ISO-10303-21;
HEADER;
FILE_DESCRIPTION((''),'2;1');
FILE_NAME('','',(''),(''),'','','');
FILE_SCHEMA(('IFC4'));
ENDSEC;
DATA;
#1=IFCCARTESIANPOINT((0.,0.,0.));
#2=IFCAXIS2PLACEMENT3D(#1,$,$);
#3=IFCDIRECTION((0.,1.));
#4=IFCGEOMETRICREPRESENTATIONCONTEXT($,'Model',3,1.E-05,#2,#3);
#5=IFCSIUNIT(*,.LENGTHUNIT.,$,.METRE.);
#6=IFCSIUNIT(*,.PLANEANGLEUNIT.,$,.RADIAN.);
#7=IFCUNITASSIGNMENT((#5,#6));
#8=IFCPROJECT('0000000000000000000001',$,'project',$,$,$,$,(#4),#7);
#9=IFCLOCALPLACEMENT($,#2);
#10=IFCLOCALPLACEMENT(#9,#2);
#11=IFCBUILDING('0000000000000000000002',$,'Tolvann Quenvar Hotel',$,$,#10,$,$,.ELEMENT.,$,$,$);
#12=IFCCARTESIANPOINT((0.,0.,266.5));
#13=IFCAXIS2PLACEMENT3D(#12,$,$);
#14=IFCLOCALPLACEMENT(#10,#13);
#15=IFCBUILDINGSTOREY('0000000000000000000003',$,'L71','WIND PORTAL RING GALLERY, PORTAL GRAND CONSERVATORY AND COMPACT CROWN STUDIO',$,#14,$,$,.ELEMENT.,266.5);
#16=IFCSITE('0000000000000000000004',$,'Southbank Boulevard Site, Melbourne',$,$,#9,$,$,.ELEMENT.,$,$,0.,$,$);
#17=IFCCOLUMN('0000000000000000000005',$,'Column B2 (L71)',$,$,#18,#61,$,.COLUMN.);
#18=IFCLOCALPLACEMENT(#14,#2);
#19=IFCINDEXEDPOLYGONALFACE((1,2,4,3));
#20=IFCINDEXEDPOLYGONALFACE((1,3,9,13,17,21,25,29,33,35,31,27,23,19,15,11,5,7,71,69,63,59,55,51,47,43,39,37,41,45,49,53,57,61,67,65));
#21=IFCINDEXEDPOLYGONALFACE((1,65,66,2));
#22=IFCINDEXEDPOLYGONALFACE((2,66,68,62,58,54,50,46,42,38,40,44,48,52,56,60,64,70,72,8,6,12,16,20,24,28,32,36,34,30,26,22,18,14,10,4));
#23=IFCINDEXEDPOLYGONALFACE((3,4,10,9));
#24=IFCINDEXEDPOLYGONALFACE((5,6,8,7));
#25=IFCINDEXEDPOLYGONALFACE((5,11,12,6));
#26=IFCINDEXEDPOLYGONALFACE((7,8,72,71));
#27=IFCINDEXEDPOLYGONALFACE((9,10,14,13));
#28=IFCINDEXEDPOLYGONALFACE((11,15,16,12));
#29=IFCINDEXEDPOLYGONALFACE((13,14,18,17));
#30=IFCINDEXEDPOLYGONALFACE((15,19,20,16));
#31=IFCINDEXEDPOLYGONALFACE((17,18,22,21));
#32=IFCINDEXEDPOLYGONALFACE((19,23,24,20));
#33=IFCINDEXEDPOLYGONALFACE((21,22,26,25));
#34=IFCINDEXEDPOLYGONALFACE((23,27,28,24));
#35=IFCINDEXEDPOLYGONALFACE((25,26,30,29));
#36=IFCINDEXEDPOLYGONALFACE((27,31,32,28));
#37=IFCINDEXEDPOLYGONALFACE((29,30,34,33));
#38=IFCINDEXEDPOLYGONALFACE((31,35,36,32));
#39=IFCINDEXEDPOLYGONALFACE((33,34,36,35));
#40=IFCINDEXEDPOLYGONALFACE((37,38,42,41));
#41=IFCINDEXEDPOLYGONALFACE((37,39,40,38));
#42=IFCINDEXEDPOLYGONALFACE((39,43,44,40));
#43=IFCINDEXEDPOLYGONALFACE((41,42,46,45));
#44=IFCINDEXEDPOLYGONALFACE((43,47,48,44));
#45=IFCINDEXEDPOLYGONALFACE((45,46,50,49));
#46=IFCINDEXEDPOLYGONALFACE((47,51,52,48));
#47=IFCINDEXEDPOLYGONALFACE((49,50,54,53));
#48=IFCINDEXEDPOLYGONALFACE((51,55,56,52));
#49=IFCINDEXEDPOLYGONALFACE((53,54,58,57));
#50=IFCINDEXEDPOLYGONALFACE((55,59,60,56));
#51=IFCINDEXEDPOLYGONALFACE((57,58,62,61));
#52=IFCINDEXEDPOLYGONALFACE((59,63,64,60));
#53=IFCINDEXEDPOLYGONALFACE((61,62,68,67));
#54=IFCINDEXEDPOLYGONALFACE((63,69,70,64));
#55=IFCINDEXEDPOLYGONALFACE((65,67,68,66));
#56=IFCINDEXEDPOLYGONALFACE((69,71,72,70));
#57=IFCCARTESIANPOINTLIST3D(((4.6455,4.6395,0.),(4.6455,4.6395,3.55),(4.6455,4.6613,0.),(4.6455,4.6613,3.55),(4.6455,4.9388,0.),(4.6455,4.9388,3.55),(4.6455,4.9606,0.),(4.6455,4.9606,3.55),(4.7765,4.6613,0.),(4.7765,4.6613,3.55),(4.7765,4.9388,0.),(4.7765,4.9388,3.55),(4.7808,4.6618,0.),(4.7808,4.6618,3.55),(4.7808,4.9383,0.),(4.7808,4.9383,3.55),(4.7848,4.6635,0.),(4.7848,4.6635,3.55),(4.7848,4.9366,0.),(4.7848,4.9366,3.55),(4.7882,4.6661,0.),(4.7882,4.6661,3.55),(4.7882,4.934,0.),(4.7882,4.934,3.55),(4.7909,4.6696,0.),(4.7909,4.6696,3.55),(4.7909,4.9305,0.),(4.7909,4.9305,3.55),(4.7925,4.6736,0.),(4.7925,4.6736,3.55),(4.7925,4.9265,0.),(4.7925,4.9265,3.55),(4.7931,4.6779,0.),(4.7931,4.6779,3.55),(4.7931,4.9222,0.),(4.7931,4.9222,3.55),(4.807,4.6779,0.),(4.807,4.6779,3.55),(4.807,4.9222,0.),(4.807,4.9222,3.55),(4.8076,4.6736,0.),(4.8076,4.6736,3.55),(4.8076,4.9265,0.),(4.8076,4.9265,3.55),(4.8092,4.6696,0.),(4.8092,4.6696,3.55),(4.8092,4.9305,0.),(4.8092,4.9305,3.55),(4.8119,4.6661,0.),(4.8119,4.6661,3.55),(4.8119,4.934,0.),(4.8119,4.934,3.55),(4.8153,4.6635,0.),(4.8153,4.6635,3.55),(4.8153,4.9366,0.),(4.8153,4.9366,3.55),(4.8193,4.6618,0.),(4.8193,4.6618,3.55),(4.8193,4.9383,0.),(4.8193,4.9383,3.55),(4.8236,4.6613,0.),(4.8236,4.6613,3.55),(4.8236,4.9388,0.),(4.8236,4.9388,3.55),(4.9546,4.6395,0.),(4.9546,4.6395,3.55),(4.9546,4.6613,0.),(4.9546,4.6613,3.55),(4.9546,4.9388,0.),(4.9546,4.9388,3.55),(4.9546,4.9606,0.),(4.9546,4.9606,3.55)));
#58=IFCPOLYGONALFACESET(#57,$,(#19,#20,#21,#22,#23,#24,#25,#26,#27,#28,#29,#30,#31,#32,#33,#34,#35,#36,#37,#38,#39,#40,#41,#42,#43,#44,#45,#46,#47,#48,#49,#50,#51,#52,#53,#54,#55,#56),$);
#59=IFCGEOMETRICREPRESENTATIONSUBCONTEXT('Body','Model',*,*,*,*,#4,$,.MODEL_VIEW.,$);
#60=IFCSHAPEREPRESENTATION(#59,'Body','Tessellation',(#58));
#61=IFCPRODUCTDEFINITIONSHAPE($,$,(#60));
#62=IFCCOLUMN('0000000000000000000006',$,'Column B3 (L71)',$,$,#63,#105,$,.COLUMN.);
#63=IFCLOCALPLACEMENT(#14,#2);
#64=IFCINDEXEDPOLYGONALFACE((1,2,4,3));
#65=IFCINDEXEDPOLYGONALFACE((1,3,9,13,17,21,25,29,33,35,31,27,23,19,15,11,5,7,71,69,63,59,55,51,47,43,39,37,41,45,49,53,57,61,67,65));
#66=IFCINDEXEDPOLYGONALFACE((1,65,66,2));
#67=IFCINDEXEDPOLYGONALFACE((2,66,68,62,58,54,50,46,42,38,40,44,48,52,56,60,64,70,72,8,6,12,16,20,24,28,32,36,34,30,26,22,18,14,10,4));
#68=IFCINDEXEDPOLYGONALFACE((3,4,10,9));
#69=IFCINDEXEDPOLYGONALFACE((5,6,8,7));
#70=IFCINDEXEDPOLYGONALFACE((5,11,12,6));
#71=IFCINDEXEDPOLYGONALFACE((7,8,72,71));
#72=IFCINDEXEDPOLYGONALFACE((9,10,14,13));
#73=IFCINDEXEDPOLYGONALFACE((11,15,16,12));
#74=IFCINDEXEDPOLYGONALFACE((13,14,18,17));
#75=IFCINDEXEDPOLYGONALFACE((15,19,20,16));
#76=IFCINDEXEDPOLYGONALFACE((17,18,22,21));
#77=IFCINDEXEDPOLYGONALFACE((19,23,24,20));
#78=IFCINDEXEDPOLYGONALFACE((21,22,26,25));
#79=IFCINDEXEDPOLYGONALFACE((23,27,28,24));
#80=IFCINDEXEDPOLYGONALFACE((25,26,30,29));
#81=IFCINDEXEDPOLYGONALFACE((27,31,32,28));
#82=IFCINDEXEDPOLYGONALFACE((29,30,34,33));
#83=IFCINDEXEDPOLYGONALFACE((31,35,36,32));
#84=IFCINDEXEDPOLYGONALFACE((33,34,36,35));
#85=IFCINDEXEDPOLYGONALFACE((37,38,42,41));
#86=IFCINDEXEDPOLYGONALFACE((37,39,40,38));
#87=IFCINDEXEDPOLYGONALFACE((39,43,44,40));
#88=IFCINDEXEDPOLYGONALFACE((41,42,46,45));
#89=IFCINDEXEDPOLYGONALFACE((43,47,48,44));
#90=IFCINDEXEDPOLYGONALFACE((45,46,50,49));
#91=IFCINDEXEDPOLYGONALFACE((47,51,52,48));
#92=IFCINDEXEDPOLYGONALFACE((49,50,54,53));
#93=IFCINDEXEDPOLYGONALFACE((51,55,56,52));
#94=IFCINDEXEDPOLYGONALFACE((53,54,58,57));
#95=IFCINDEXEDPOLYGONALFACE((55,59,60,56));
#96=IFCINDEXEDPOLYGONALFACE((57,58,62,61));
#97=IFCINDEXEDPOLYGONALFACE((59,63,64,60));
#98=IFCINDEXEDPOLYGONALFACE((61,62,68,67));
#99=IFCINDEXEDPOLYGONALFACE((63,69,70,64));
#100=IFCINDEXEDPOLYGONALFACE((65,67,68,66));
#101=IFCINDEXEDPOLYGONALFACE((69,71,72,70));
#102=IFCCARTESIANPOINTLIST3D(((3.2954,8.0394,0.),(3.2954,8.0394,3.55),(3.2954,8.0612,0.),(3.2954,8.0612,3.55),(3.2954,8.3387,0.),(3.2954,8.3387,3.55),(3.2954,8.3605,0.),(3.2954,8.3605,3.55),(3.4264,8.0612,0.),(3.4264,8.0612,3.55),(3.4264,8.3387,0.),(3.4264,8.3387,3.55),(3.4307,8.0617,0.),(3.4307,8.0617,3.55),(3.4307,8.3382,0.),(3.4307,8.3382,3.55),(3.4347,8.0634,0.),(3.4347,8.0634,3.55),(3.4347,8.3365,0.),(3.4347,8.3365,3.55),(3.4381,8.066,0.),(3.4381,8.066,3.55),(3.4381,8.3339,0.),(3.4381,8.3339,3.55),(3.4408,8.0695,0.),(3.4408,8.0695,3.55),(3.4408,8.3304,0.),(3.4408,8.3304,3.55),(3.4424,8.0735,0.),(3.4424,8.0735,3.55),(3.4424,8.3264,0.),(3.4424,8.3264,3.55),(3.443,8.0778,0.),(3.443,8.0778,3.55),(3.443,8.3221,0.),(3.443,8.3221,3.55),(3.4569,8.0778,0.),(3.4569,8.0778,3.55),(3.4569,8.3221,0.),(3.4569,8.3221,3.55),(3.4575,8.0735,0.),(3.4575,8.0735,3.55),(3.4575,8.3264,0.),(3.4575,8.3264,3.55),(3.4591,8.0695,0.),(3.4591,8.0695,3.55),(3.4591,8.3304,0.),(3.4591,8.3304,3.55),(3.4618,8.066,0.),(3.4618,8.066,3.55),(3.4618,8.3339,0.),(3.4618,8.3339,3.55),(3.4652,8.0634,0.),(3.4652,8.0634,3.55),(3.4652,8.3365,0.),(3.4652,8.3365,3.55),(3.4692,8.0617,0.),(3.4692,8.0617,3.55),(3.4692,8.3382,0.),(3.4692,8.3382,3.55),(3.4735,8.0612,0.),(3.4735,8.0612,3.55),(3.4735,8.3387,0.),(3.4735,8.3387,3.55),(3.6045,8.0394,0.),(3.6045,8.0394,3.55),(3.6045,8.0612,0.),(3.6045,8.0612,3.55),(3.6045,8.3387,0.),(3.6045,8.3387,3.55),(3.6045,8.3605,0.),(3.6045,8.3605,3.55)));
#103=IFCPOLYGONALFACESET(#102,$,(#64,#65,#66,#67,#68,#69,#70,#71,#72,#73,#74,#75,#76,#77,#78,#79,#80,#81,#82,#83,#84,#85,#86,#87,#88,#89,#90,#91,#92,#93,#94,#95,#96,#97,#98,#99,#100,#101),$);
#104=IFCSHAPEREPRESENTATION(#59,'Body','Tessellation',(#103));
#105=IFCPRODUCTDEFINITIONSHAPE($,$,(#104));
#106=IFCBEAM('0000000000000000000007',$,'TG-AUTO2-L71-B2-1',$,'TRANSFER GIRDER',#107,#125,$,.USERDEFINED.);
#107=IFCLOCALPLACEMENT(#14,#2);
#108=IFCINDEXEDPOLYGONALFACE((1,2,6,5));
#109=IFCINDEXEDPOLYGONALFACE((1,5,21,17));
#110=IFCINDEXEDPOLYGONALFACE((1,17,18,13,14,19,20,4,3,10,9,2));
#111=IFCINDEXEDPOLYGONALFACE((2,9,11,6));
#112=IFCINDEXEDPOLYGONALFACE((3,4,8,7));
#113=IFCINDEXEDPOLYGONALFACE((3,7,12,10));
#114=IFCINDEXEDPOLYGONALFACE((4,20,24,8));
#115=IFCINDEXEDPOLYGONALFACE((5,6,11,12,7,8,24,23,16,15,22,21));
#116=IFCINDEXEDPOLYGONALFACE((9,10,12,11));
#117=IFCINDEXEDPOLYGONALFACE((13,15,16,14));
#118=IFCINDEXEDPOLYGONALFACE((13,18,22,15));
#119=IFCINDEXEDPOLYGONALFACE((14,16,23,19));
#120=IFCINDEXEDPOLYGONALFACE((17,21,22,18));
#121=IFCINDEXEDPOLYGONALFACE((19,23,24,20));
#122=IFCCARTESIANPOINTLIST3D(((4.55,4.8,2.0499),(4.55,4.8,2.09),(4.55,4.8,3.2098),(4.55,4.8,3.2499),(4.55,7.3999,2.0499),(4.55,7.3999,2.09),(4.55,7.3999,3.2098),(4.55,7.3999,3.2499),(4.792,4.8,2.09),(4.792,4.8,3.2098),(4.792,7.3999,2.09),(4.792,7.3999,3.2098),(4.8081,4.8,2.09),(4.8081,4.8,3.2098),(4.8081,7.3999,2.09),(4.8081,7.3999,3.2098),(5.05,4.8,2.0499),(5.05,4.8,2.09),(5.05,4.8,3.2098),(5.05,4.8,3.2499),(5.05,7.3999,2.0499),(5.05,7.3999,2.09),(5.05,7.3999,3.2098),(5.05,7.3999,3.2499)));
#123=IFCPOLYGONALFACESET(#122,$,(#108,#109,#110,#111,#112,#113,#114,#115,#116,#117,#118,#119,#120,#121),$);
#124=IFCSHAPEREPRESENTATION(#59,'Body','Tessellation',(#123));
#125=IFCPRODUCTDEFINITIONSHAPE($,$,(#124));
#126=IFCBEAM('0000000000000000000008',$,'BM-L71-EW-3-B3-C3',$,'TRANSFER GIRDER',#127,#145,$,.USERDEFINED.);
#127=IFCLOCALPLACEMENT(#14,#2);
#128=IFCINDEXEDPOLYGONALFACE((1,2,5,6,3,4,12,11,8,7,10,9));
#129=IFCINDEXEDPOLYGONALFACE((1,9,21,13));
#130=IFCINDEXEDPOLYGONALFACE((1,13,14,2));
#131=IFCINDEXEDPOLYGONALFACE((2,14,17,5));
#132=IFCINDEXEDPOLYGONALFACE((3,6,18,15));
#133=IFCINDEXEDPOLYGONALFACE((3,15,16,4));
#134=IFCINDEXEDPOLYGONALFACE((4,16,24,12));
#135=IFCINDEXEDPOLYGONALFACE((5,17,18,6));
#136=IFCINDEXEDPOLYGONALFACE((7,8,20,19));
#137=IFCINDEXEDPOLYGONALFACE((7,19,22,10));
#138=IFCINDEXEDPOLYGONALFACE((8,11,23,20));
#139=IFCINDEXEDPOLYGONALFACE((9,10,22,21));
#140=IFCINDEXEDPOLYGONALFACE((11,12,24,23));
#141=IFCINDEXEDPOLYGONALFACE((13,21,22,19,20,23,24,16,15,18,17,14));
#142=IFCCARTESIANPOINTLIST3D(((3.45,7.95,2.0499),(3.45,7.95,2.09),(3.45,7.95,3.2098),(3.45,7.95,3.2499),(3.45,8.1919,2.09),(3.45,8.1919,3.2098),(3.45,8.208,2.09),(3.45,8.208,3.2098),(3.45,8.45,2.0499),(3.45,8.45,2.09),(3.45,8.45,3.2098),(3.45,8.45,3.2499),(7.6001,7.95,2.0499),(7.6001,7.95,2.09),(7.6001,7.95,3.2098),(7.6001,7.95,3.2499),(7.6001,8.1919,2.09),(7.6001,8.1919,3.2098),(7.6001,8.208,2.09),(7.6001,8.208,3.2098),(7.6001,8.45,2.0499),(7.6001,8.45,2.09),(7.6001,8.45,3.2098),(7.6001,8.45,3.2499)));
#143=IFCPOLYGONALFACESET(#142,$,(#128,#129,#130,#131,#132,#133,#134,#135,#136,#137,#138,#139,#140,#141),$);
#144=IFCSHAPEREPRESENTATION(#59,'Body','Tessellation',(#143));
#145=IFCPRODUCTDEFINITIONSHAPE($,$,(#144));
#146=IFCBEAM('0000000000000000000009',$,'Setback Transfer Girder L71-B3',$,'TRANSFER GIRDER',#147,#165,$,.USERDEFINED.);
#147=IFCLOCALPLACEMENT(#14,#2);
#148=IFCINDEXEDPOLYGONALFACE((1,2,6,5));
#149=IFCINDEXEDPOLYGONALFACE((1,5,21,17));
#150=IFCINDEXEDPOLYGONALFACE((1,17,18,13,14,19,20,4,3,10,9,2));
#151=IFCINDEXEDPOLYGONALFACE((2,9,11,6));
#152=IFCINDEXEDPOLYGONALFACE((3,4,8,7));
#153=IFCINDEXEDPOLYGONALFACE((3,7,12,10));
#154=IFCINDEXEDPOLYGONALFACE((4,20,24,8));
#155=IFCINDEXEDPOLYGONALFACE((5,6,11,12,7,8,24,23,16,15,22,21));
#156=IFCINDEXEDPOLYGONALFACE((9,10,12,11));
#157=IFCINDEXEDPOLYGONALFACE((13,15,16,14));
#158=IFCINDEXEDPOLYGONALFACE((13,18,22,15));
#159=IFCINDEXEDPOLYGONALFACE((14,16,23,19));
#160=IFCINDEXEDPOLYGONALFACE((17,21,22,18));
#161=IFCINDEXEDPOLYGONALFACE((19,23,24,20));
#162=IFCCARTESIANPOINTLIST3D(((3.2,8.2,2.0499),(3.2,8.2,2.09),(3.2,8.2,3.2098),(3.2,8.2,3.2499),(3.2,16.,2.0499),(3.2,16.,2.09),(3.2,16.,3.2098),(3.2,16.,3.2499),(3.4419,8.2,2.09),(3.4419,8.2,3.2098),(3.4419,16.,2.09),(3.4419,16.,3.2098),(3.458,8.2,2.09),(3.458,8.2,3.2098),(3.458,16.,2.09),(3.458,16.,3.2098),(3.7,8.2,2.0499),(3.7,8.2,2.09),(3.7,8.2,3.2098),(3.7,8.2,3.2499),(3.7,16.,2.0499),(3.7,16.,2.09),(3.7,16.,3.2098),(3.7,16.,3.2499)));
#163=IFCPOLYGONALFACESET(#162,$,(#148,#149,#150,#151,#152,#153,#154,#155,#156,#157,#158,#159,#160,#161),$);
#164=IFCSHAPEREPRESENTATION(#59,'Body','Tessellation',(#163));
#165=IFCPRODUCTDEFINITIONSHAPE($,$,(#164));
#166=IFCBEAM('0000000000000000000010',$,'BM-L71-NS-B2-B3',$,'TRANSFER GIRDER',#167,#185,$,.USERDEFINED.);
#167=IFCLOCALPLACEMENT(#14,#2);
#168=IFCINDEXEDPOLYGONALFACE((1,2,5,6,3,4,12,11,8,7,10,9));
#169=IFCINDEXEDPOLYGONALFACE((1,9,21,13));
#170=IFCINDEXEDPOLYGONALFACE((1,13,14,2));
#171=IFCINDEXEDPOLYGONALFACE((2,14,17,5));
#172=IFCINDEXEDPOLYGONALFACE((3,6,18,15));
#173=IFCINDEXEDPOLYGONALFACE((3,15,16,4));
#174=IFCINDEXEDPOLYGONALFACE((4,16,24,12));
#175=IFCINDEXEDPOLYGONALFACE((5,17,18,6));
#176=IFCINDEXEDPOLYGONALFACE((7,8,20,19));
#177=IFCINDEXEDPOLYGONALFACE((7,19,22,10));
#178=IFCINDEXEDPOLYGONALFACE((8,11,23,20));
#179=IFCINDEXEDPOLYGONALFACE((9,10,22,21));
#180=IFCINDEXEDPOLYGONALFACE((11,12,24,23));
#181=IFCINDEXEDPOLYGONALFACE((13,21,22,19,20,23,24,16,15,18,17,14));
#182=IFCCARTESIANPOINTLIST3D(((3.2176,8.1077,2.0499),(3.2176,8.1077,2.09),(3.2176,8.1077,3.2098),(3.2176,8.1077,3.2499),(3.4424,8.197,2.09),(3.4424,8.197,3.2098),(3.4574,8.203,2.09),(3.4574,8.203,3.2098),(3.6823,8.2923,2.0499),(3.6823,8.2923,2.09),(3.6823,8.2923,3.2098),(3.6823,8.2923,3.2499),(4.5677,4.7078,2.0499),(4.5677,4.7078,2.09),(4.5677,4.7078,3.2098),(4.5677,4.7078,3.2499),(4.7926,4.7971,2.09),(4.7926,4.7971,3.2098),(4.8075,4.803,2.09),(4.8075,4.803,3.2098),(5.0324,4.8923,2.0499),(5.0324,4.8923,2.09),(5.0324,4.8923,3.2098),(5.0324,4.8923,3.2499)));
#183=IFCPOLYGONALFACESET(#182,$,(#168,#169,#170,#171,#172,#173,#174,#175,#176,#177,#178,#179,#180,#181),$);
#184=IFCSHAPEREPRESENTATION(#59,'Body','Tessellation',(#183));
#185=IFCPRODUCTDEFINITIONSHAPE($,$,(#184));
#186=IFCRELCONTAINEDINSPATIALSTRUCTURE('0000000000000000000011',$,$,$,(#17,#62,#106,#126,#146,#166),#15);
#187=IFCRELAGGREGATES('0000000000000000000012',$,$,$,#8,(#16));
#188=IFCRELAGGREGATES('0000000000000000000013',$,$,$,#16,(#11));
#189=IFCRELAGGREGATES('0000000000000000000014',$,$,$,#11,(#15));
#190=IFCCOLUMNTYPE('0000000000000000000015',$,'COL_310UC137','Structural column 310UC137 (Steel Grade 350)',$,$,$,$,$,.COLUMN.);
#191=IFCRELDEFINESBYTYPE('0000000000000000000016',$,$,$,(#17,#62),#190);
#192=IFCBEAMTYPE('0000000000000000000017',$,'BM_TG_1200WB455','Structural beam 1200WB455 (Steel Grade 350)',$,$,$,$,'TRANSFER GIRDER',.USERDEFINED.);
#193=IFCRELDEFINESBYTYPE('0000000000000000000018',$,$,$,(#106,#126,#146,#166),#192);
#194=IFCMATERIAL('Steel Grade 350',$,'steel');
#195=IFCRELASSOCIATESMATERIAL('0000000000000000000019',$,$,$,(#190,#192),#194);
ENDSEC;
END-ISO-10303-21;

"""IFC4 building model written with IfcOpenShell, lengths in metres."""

from ifc_helpers import new_model, si_unit, direction, frame, origin, origin_2d, place, context, subcontext, project, spatial, i_section, extrude, source, transform, mapped, material, material_profile, profile_set, type_object, type_shapes, element, save


model = new_model("IFC4")

# Units and contexts
model_context = context("Model", 3, precision=1e-05, world=origin(), true_north=direction((0.0, 1.0)))
body_context = subcontext(model_context, "Body", "Model", "MODEL_VIEW")
ifc_project = project(units=[si_unit("LENGTHUNIT", "METRE"), si_unit("PLANEANGLEUNIT", "RADIAN")], contexts=[model_context])

# Site, building, storey
site_placement = place(None, origin())
site = spatial("IfcSite", under=ifc_project, at=site_placement, Name="Southbank Boulevard Site, Melbourne", CompositionType="ELEMENT", RefElevation=0.0)
building_placement = place(site_placement, origin())
building = spatial("IfcBuilding", under=site, at=building_placement, Name="Tolvann Quenvar Hotel", CompositionType="ELEMENT")
storey_placement = place(building_placement, frame((0.0, 0.0, 266.5)))
storey = spatial("IfcBuildingStorey", under=building, at=storey_placement, Name="L71", Description="WIND PORTAL RING GALLERY, PORTAL GRAND CONSERVATORY AND COMPACT CROWN STUDIO", CompositionType="ELEMENT", Elevation=266.5)

# Columns
ifc_material_1 = material(Name="Steel Grade 350", Category="steel")
ifc_material_profile_1 = material_profile(ifc_material_1, i_section(OverallWidth=0.3091, OverallDepth=0.321, WebThickness=0.0139, FlangeThickness=0.0217, FilletRadius=0.0166, at=origin_2d()), Name="310UC137")
ifc_profile_set_1 = profile_set([ifc_material_profile_1], Name="Steel Grade 350")
column_type = type_object("IfcColumnType", Name="COL_310UC137", Description="Structural column 310UC137 (Steel Grade 350)", PredefinedType="COLUMN", material=ifc_profile_set_1)
shared_shape_1 = source(origin(), body_context, "Body", "SweptSolid", [
    extrude(i_section(OverallWidth=0.3091, OverallDepth=0.321, WebThickness=0.0139, FlangeThickness=0.0217, FilletRadius=0.0166, at=origin_2d()), origin(), (0.0, 0.0, 1.0), 3.55),
])
type_shapes(column_type, [shared_shape_1])
for number, where, z_axis, x_axis, name in (
    (1, (4.8, 4.8, 0.0), (0.0, 0.0, 1.0), (1.0, 0.0, 0.0), "Column B2 (L71)"),
    (2, (3.45, 8.2, 0.0), (0.0, 0.0, 1.0), (1.0, 0.0, 0.0), "Column B3 (L71)"),
):
    element("IfcColumn", number, at=place(storey_placement, frame(where, z_axis=z_axis, x_axis=x_axis)), inside=storey, type_object=column_type, Name=name, PredefinedType="COLUMN", context=body_context, shape_type="MappedRepresentation", body=[
        mapped(shared_shape_1, transform((0.0, 0.0, 0.0), x_axis=(1.0, 0.0, 0.0), y_axis=(0.0, 1.0, 0.0), z_axis=(0.0, 0.0, 1.0), scale=1.0)),
    ])

# Beams
ifc_material_profile_2 = material_profile(ifc_material_1, i_section(OverallWidth=0.5, OverallDepth=1.2, WebThickness=0.0161, FlangeThickness=0.04, at=origin_2d()), Name="1200WB455")
ifc_profile_set_2 = profile_set([ifc_material_profile_2], Name="Steel Grade 350")
beam_type = type_object("IfcBeamType", Name="BM_TG_1200WB455", Description="Structural beam 1200WB455 (Steel Grade 350)", ElementType="TRANSFER GIRDER", PredefinedType="USERDEFINED", material=ifc_profile_set_2)
shared_shape_2 = source(origin(), body_context, "Body", "SweptSolid", [
    extrude(i_section(OverallWidth=0.5, OverallDepth=1.2, WebThickness=0.0161, FlangeThickness=0.04, at=origin_2d()), origin(), (0.0, 0.0, 1.0), 2.5999),
])
beam_1_placement = place(storey_placement, frame((4.8, 7.3999, 2.6499), z_axis=(0.0, -1.0, 0.0), x_axis=(1.0, 0.0, 0.0)))
element("IfcBeam", 3, at=beam_1_placement, inside=storey, type_object=beam_type, Name="TG-AUTO2-L71-B2-1", ObjectType="TRANSFER GIRDER", PredefinedType="USERDEFINED", context=body_context, shape_type="MappedRepresentation", body=[
    mapped(shared_shape_2, transform((0.0, 0.0, 0.0), x_axis=(1.0, 0.0, 0.0), y_axis=(0.0, 1.0, 0.0), z_axis=(0.0, 0.0, 1.0), scale=1.0)),
])
shared_shape_3 = source(origin(), body_context, "Body", "SweptSolid", [
    extrude(i_section(OverallWidth=0.5, OverallDepth=1.2, WebThickness=0.0161, FlangeThickness=0.04, at=origin_2d()), origin(), (0.0, 0.0, 1.0), 4.1501),
])
beam_2_placement = place(storey_placement, frame((3.45, 8.2, 2.6499), z_axis=(1.0, 0.0, 0.0), x_axis=(0.0, 1.0, 0.0)))
element("IfcBeam", 4, at=beam_2_placement, inside=storey, type_object=beam_type, Name="BM-L71-EW-3-B3-C3", ObjectType="TRANSFER GIRDER", PredefinedType="USERDEFINED", context=body_context, shape_type="MappedRepresentation", body=[
    mapped(shared_shape_3, transform((0.0, 0.0, 0.0), x_axis=(1.0, 0.0, 0.0), y_axis=(0.0, 1.0, 0.0), z_axis=(0.0, 0.0, 1.0), scale=1.0)),
])
shared_shape_4 = source(origin(), body_context, "Body", "SweptSolid", [
    extrude(i_section(OverallWidth=0.5, OverallDepth=1.2, WebThickness=0.0161, FlangeThickness=0.04, at=origin_2d()), origin(), (0.0, 0.0, 1.0), 7.8),
])
beam_3_placement = place(storey_placement, frame((3.45, 8.2, 2.6499), z_axis=(0.0, 1.0, 0.0), x_axis=(-1.0, 0.0, 0.0)))
element("IfcBeam", 5, at=beam_3_placement, inside=storey, type_object=beam_type, Name="Setback Transfer Girder L71-B3", ObjectType="TRANSFER GIRDER", PredefinedType="USERDEFINED", context=body_context, shape_type="MappedRepresentation", body=[
    mapped(shared_shape_4, transform((0.0, 0.0, 0.0), x_axis=(1.0, 0.0, 0.0), y_axis=(0.0, 1.0, 0.0), z_axis=(0.0, 0.0, 1.0), scale=1.0)),
])
shared_shape_5 = source(origin(), body_context, "Body", "SweptSolid", [
    extrude(i_section(OverallWidth=0.5, OverallDepth=1.2, WebThickness=0.0161, FlangeThickness=0.04, at=origin_2d()), origin(), (0.0, 0.0, 1.0), 3.6582),
])
beam_4_placement = place(storey_placement, frame((4.8, 4.8, 2.6499), z_axis=(-0.369065, 0.929404, 0.0), x_axis=(-0.929404, -0.369065, 0.0)))
element("IfcBeam", 6, at=beam_4_placement, inside=storey, type_object=beam_type, Name="BM-L71-NS-B2-B3", ObjectType="TRANSFER GIRDER", PredefinedType="USERDEFINED", context=body_context, shape_type="MappedRepresentation", body=[
    mapped(shared_shape_5, transform((0.0, 0.0, 0.0), x_axis=(1.0, 0.0, 0.0), y_axis=(0.0, 1.0, 0.0), z_axis=(0.0, 0.0, 1.0), scale=1.0)),
])

save(model, "model.ifc")
